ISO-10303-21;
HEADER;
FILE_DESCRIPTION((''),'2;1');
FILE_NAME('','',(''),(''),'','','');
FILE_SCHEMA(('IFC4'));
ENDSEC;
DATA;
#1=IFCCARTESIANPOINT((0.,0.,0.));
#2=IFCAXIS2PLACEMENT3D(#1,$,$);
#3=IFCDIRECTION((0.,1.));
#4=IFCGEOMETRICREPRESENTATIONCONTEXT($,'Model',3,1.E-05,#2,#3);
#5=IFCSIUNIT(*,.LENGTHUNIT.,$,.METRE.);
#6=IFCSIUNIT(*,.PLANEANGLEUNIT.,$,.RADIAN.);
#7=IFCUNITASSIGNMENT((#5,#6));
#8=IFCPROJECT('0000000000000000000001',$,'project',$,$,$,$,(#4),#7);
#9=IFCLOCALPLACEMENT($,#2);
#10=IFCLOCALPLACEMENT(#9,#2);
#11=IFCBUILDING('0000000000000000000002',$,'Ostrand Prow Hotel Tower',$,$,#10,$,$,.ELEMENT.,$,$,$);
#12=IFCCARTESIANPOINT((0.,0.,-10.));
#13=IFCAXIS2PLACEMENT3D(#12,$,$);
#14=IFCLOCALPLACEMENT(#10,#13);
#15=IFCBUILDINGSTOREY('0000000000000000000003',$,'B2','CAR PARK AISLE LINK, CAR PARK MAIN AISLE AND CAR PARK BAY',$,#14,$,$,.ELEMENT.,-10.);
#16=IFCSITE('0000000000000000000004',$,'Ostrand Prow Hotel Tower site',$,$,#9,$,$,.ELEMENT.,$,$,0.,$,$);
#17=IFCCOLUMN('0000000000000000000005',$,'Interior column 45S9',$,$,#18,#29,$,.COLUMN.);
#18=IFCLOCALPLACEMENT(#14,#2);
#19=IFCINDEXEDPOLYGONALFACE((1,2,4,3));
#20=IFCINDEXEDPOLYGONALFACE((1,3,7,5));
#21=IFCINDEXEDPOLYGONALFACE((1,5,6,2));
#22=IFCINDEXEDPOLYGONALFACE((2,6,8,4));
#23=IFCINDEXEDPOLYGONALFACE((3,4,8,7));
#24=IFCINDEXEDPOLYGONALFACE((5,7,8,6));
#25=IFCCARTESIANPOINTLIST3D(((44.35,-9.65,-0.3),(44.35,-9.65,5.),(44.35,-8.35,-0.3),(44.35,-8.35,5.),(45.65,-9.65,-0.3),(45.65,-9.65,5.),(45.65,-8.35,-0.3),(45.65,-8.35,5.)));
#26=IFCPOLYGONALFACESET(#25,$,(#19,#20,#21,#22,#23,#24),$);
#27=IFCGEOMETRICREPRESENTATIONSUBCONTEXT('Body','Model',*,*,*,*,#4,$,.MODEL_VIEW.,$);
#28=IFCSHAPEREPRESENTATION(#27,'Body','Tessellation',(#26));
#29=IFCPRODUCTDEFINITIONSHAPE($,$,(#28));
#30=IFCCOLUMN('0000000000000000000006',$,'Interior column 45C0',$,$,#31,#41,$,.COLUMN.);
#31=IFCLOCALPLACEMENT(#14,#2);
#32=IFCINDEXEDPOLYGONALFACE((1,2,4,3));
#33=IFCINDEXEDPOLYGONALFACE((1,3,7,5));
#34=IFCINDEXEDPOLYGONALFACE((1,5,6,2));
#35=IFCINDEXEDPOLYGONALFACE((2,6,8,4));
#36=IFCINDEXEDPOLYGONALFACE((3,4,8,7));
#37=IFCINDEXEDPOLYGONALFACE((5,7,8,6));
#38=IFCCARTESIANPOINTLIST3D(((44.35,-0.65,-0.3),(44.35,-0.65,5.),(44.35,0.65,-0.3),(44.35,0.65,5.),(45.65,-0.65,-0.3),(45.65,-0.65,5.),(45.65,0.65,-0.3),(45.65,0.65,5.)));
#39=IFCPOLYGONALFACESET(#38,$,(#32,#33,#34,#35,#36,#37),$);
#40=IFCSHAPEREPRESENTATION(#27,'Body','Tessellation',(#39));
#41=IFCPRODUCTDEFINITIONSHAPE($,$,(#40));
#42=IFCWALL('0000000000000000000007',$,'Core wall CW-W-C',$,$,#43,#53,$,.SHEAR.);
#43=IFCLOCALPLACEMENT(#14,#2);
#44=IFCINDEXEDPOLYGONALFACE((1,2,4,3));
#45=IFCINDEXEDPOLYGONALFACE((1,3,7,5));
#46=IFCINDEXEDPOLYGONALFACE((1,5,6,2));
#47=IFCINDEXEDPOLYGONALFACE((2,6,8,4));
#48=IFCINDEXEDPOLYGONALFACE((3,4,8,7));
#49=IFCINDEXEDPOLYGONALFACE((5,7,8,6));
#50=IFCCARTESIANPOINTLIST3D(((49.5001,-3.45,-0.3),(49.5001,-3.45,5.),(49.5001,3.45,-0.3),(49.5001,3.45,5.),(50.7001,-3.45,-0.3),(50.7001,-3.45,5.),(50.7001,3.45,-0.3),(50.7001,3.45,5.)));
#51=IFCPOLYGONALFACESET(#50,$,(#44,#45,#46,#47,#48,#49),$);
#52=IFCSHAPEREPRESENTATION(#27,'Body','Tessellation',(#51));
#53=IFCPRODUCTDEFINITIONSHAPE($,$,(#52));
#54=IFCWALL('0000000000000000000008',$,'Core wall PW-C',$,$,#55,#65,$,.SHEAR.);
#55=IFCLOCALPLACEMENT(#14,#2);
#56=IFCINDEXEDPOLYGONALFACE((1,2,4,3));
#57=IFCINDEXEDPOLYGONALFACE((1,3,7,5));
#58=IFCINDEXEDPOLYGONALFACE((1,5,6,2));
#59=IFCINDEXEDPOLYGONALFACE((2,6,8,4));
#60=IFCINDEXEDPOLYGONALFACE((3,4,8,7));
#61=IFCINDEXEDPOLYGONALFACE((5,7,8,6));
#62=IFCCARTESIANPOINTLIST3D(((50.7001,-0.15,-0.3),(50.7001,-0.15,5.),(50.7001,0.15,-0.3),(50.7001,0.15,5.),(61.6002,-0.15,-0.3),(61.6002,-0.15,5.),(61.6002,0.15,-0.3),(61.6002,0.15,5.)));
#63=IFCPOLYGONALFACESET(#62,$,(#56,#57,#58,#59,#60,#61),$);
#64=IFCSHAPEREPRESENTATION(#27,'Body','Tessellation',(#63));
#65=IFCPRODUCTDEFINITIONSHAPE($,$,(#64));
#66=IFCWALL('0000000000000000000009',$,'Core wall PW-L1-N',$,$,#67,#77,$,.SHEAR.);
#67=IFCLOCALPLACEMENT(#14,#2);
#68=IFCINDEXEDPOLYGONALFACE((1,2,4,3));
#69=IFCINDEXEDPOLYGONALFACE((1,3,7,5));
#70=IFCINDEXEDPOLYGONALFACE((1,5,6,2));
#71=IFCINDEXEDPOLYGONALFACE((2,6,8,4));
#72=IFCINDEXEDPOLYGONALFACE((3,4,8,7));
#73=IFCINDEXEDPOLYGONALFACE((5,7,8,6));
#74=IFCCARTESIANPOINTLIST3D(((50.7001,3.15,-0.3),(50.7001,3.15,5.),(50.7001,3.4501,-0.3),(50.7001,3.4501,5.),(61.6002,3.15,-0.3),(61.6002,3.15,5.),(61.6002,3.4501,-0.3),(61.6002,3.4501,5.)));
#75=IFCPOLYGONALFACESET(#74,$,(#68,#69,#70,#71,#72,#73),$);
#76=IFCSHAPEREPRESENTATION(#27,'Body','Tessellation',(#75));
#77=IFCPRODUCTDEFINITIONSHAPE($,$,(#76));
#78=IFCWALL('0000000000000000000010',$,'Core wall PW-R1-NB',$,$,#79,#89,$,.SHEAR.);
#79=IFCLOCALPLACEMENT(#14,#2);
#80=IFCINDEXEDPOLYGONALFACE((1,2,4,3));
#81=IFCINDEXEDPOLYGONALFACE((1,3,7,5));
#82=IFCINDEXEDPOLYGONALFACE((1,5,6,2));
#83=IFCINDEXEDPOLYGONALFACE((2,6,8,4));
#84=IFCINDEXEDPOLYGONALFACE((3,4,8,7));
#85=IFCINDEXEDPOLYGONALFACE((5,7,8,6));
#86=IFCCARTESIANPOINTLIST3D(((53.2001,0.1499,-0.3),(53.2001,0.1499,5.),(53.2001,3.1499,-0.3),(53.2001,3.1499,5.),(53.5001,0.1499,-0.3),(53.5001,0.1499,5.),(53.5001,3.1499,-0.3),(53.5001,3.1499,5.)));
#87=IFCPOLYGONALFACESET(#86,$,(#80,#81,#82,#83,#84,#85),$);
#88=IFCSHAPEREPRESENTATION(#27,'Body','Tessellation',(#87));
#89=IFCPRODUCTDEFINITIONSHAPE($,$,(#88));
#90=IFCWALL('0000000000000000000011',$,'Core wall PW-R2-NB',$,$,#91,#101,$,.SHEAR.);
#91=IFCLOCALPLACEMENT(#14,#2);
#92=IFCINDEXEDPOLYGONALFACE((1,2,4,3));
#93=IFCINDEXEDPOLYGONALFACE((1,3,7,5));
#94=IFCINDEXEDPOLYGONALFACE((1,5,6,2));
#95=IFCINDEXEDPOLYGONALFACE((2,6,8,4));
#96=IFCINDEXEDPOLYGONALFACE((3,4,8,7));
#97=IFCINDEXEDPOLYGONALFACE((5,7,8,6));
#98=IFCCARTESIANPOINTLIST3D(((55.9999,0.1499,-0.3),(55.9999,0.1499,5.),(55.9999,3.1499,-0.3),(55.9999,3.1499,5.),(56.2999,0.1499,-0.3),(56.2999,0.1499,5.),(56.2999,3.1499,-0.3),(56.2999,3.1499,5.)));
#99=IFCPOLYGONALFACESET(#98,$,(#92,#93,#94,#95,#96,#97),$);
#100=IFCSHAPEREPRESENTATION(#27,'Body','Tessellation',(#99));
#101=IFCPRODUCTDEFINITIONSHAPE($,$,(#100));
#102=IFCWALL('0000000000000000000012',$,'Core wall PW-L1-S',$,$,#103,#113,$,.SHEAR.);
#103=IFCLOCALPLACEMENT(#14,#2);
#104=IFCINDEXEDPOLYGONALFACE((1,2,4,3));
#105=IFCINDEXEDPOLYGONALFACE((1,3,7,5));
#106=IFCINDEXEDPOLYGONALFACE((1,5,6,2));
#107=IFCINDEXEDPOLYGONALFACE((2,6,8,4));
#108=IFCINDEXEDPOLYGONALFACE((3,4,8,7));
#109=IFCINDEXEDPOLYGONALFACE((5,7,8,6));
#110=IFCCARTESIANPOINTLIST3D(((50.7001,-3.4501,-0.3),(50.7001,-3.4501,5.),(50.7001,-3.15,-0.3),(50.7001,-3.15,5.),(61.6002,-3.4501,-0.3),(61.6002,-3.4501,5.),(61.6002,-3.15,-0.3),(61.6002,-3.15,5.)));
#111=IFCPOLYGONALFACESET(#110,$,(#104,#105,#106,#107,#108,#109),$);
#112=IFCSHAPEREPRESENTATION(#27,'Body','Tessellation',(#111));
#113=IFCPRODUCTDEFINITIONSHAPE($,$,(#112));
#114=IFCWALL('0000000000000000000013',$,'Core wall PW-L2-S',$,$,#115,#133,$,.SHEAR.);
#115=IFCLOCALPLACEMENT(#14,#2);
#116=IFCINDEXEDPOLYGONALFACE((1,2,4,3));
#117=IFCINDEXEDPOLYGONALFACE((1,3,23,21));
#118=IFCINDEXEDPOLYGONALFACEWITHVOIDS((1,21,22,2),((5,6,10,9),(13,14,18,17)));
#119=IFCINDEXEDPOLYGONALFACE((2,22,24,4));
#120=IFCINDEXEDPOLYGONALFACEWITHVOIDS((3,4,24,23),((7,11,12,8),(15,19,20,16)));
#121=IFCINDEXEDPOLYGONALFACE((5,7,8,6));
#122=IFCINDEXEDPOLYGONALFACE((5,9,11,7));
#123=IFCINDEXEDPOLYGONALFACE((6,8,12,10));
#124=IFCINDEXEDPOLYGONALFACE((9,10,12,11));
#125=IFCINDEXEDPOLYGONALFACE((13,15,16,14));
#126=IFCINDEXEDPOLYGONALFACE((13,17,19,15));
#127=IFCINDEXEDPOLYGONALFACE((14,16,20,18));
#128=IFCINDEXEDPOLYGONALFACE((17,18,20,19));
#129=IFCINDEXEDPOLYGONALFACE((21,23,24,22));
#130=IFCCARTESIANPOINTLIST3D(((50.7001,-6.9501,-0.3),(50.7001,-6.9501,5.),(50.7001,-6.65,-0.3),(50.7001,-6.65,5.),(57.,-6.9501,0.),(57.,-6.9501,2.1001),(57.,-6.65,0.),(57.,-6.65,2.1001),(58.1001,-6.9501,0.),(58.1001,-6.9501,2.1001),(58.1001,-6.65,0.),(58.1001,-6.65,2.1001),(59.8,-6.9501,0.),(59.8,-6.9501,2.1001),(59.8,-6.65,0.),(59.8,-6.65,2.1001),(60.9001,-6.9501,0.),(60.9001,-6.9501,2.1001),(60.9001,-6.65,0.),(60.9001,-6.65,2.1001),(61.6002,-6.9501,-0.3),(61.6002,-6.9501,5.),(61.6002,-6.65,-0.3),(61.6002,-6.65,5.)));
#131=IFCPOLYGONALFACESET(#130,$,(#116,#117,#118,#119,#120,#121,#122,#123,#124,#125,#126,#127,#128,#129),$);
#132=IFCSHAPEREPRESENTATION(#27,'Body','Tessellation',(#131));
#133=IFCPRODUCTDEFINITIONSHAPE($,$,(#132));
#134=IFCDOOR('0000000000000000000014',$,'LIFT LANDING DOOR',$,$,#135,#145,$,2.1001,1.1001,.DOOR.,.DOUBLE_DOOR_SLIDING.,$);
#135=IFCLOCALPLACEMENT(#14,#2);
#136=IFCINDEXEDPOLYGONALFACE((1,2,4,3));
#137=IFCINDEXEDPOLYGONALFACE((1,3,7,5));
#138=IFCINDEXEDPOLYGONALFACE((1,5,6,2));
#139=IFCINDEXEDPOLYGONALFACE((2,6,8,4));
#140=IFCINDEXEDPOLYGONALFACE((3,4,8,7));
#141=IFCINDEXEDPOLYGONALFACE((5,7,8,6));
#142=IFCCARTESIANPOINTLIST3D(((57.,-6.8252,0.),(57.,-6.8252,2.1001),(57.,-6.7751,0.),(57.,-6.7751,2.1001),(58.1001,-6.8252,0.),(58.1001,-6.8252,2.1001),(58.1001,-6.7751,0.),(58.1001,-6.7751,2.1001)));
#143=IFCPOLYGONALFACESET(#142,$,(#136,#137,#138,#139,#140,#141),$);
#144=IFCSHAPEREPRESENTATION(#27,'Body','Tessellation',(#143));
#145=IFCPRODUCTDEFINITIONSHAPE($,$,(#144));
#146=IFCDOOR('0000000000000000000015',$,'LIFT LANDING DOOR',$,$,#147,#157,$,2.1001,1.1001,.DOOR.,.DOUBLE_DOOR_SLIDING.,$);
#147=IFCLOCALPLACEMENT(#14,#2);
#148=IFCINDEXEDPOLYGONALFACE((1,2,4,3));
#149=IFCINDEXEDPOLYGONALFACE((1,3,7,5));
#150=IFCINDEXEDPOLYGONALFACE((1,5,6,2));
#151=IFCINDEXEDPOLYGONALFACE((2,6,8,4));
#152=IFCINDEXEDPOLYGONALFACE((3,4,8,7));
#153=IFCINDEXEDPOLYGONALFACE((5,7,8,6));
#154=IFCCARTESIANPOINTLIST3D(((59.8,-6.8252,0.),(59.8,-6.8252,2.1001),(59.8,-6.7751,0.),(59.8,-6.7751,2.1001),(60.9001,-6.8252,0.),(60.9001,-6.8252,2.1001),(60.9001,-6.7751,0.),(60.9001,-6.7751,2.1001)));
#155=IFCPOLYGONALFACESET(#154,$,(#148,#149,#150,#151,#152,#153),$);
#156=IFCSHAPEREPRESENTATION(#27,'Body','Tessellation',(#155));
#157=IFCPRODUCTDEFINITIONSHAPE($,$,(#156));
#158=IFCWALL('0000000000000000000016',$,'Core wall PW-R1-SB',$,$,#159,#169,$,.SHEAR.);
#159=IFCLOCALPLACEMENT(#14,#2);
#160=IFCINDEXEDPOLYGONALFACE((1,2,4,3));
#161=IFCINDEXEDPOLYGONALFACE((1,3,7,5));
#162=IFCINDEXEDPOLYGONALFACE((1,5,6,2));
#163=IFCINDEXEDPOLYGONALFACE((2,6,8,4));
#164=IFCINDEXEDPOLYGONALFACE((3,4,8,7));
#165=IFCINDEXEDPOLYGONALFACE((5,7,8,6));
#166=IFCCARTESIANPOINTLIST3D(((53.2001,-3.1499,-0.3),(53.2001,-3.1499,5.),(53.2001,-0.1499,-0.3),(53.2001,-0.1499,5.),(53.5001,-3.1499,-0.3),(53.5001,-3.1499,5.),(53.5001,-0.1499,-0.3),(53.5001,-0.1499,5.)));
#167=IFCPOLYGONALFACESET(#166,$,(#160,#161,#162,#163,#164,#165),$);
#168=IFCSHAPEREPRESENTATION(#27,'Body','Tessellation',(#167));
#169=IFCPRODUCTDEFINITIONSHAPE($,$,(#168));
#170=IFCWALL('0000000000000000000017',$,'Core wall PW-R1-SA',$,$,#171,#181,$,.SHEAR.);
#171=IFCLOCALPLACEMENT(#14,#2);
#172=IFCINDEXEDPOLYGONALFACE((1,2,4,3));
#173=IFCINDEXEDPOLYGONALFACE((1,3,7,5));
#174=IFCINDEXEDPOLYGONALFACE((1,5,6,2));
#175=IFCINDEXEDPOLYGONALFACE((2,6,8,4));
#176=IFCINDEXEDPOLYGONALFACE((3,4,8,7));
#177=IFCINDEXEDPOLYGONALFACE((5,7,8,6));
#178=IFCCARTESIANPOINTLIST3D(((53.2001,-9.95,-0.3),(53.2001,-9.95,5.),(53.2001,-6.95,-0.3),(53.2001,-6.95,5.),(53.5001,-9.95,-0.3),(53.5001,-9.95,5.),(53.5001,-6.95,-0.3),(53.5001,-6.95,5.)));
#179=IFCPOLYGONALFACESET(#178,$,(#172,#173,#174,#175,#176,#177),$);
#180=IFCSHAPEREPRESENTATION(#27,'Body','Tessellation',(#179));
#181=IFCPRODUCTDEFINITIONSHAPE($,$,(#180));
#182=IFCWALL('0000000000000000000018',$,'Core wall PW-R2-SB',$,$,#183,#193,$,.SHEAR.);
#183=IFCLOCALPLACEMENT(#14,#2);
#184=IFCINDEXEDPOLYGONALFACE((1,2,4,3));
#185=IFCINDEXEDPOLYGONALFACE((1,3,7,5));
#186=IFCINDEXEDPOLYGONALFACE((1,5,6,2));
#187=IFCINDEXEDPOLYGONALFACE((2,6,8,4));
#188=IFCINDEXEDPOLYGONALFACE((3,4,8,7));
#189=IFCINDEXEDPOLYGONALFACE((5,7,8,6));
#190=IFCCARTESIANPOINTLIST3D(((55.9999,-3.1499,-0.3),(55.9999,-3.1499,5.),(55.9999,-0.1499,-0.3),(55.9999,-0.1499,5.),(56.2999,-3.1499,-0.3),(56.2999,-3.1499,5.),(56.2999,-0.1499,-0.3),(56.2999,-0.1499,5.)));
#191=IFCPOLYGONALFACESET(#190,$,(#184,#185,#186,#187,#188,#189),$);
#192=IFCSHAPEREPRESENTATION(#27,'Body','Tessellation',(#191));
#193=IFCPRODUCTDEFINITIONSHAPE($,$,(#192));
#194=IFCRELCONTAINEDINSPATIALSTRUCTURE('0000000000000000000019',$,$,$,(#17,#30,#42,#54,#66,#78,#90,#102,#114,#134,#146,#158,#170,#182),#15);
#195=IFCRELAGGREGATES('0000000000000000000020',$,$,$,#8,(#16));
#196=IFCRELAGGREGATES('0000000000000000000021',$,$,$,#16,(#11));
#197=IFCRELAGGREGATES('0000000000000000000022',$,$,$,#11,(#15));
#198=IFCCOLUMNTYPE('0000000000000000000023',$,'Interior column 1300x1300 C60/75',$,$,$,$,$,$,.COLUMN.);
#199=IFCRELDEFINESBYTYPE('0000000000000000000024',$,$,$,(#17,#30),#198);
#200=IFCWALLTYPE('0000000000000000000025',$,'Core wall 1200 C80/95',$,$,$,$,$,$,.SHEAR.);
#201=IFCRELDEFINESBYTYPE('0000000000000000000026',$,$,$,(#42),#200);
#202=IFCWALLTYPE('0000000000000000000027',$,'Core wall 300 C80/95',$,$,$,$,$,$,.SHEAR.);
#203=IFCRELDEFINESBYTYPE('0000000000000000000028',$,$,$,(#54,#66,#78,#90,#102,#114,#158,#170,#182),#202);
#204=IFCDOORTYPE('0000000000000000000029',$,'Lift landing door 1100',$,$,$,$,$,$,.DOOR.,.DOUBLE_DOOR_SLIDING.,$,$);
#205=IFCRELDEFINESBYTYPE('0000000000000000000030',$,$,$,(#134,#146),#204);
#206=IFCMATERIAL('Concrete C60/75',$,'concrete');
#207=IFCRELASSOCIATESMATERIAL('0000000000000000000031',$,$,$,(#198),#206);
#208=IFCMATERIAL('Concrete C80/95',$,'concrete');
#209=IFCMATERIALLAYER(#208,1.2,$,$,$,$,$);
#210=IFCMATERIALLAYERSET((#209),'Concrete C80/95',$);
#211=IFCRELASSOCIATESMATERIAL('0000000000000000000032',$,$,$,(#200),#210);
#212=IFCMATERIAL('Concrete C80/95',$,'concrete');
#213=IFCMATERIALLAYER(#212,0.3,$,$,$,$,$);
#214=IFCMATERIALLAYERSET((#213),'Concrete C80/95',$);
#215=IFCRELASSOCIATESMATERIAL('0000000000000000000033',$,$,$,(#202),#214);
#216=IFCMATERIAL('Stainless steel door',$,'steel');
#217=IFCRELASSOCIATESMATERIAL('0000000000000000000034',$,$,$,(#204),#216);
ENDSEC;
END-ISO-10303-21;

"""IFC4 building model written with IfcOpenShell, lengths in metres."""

from ifc_helpers import new_model, si_unit, direction, frame, frame_2d, origin, origin_2d, place, context, subcontext, project, spatial, rectangle, extrude, material, layer, layer_set, material_profile, profile_set, type_object, element, fill, save


model = new_model("IFC4")

# Units and contexts
model_context = context("Model", 3, precision=1e-05, world=origin(), true_north=direction((0.0, 1.0)))
body_context = subcontext(model_context, "Body", "Model", "MODEL_VIEW")
ifc_project = project(units=[si_unit("LENGTHUNIT", "METRE"), si_unit("PLANEANGLEUNIT", "RADIAN")], contexts=[model_context])

# Site, building, storey
site_placement = place(None, origin())
site = spatial("IfcSite", under=ifc_project, at=site_placement, Name="Ostrand Prow Hotel Tower site", CompositionType="ELEMENT", RefElevation=0.0)
building_placement = place(site_placement, origin())
building = spatial("IfcBuilding", under=site, at=building_placement, Name="Ostrand Prow Hotel Tower", CompositionType="ELEMENT")
storey_placement = place(building_placement, frame((0.0, 0.0, -10.0)))
storey = spatial("IfcBuildingStorey", under=building, at=storey_placement, Name="B2", Description="CAR PARK AISLE LINK, CAR PARK MAIN AISLE AND CAR PARK BAY", CompositionType="ELEMENT", Elevation=-10.0)

# Columns
ifc_material_1 = material(Name="Concrete C60/75", Category="concrete")
ifc_material_profile = material_profile(ifc_material_1, rectangle(XDim=1.3, YDim=1.3, at=origin_2d()), Name="RC 1300x1300")
ifc_profile_set = profile_set([ifc_material_profile], Name="Concrete C60/75")
column_type = type_object("IfcColumnType", Name="Interior column 1300x1300 C60/75", PredefinedType="COLUMN", material=ifc_profile_set)
for number, where, z_axis, x_axis, name in (
    (1, (45.0, -9.0, -0.3), (0.0, 0.0, 1.0), (1.0, 0.0, 0.0), "Interior column 45S9"),
    (2, (45.0, 0.0, -0.3), (0.0, 0.0, 1.0), (1.0, 0.0, 0.0), "Interior column 45C0"),
):
    element("IfcColumn", number, at=place(storey_placement, frame(where, z_axis=z_axis, x_axis=x_axis)), inside=storey, type_object=column_type, Name=name, PredefinedType="COLUMN", context=body_context, shape_type="SweptSolid", body=[
        extrude(rectangle(XDim=1.3, YDim=1.3, at=origin_2d()), origin(), (0.0, 0.0, 1.0), 5.3),
    ])

# Walls
ifc_material_2 = material(Name="Concrete C80/95", Category="concrete")
ifc_layer_1 = layer(ifc_material_2, 1.2)
ifc_layer_set_1 = layer_set([ifc_layer_1], Name="Concrete C80/95")
wall_type_1 = type_object("IfcWallType", Name="Core wall 1200 C80/95", PredefinedType="SHEAR", material=ifc_layer_set_1)
wall_1_placement = place(storey_placement, frame((50.1001, -3.45, -0.3), z_axis=(0.0, 0.0, 1.0), x_axis=(0.0, 1.0, 0.0)))
element("IfcWall", 3, at=wall_1_placement, inside=storey, type_object=wall_type_1, Name="Core wall CW-W-C", PredefinedType="SHEAR", context=body_context, shape_type="SweptSolid", body=[
    extrude(rectangle(XDim=6.8999, YDim=1.2, at=frame_2d((3.45, 0.0))), origin(), (0.0, 0.0, 1.0), 5.3),
])
ifc_material_3 = material(Name="Concrete C80/95", Category="concrete")
ifc_layer_2 = layer(ifc_material_3, 0.3)
ifc_layer_set_2 = layer_set([ifc_layer_2], Name="Concrete C80/95")
wall_type_2 = type_object("IfcWallType", Name="Core wall 300 C80/95", PredefinedType="SHEAR", material=ifc_layer_set_2)
for number, where, z_axis, x_axis, name in (
    (4, (50.7, 0.0, -0.3), (0.0, 0.0, 1.0), (1.0, 0.0, 0.0), "Core wall PW-C"),
    (5, (50.7, 3.3, -0.3), (0.0, 0.0, 1.0), (1.0, 0.0, 0.0), "Core wall PW-L1-N"),
):
    element("IfcWall", number, at=place(storey_placement, frame(where, z_axis=z_axis, x_axis=x_axis)), inside=storey, type_object=wall_type_2, Name=name, PredefinedType="SHEAR", context=body_context, shape_type="SweptSolid", body=[
        extrude(rectangle(XDim=10.9001, YDim=0.3, at=frame_2d((5.4502, 0.0))), origin(), (0.0, 0.0, 1.0), 5.3),
    ])
for number, where, z_axis, x_axis, name in (
    (6, (53.3501, 0.1499, -0.3), (0.0, 0.0, 1.0), (0.0, 1.0, 0.0), "Core wall PW-R1-NB"),
    (7, (56.1499, 0.1499, -0.3), (0.0, 0.0, 1.0), (0.0, 1.0, 0.0), "Core wall PW-R2-NB"),
):
    element("IfcWall", number, at=place(storey_placement, frame(where, z_axis=z_axis, x_axis=x_axis)), inside=storey, type_object=wall_type_2, Name=name, PredefinedType="SHEAR", context=body_context, shape_type="SweptSolid", body=[
        extrude(rectangle(XDim=3.0, YDim=0.3, at=frame_2d((1.5, 0.0))), origin(), (0.0, 0.0, 1.0), 5.3),
    ])
wall_2_placement = place(storey_placement, frame((50.7, -3.3, -0.3), z_axis=(0.0, 0.0, 1.0), x_axis=(1.0, 0.0, 0.0)))
element("IfcWall", 8, at=wall_2_placement, inside=storey, type_object=wall_type_2, Name="Core wall PW-L1-S", PredefinedType="SHEAR", context=body_context, shape_type="SweptSolid", body=[
    extrude(rectangle(XDim=10.9001, YDim=0.3, at=frame_2d((5.4502, 0.0))), origin(), (0.0, 0.0, 1.0), 5.3),
])

# Wall, openings, doors
wall_3_placement = place(storey_placement, frame((50.7, -6.8, -0.3), z_axis=(0.0, 0.0, 1.0), x_axis=(1.0, 0.0, 0.0)))
wall_3 = element("IfcWall", 9, at=wall_3_placement, inside=storey, type_object=wall_type_2, Name="Core wall PW-L2-S", PredefinedType="SHEAR", context=body_context, shape_type="SweptSolid", body=[
    extrude(rectangle(XDim=10.9001, YDim=0.3, at=frame_2d((5.4502, 0.0))), origin(), (0.0, 0.0, 1.0), 5.3),
])
opening_1_placement = place(wall_3_placement, frame((6.3, 0.0, 0.3)))
opening_1 = element("IfcOpeningElement", 10, at=opening_1_placement, cuts=wall_3, PredefinedType="OPENING", context=body_context, shape_type="SweptSolid", body=[
    extrude(rectangle(XDim=1.1001, YDim=2.1001, at=frame_2d((0.55, 1.05))), frame((0.0, 0.1599, 0.0), z_axis=(0.0, -1.0, 0.0), x_axis=(1.0, 0.0, 0.0)), (0.0, 0.0, 1.0), 0.3201),
])
opening_2_placement = place(wall_3_placement, frame((9.1001, 0.0, 0.3)))
opening_2 = element("IfcOpeningElement", 11, at=opening_2_placement, cuts=wall_3, PredefinedType="OPENING", context=body_context, shape_type="SweptSolid", body=[
    extrude(rectangle(XDim=1.1001, YDim=2.1001, at=frame_2d((0.55, 1.05))), frame((0.0, 0.1599, 0.0), z_axis=(0.0, -1.0, 0.0), x_axis=(1.0, 0.0, 0.0)), (0.0, 0.0, 1.0), 0.3201),
])
ifc_material_4 = material(Name="Stainless steel door", Category="steel")
door_type = type_object("IfcDoorType", Name="Lift landing door 1100", OperationType="DOUBLE_DOOR_SLIDING", PredefinedType="DOOR", material=ifc_material_4)
door_1_placement = place(opening_1_placement, origin())
door_1 = element("IfcDoor", 12, at=door_1_placement, inside=storey, type_object=door_type, Name="LIFT LANDING DOOR", OperationType="DOUBLE_DOOR_SLIDING", OverallHeight=2.1001, OverallWidth=1.1001, PredefinedType="DOOR", context=body_context, shape_type="SweptSolid", body=[
    extrude(rectangle(XDim=1.1001, YDim=2.1001, at=frame_2d((0.55, 1.05))), frame((0.0, 0.0249, 0.0), z_axis=(0.0, -1.0, 0.0), x_axis=(1.0, 0.0, 0.0)), (0.0, 0.0, 1.0), 0.05),
])
fill(opening_1, door_1)
door_2_placement = place(opening_2_placement, origin())
door_2 = element("IfcDoor", 13, at=door_2_placement, inside=storey, type_object=door_type, Name="LIFT LANDING DOOR", OperationType="DOUBLE_DOOR_SLIDING", OverallHeight=2.1001, OverallWidth=1.1001, PredefinedType="DOOR", context=body_context, shape_type="SweptSolid", body=[
    extrude(rectangle(XDim=1.1001, YDim=2.1001, at=frame_2d((0.55, 1.05))), frame((0.0, 0.0249, 0.0), z_axis=(0.0, -1.0, 0.0), x_axis=(1.0, 0.0, 0.0)), (0.0, 0.0, 1.0), 0.05),
])
fill(opening_2, door_2)

# Walls
for number, where, z_axis, x_axis, name in (
    (14, (53.3501, -3.1499, -0.3), (0.0, 0.0, 1.0), (0.0, 1.0, 0.0), "Core wall PW-R1-SB"),
    (15, (53.3501, -9.95, -0.3), (0.0, 0.0, 1.0), (0.0, 1.0, 0.0), "Core wall PW-R1-SA"),
    (16, (56.1499, -3.1499, -0.3), (0.0, 0.0, 1.0), (0.0, 1.0, 0.0), "Core wall PW-R2-SB"),
):
    element("IfcWall", number, at=place(storey_placement, frame(where, z_axis=z_axis, x_axis=x_axis)), inside=storey, type_object=wall_type_2, Name=name, PredefinedType="SHEAR", context=body_context, shape_type="SweptSolid", body=[
        extrude(rectangle(XDim=3.0, YDim=0.3, at=frame_2d((1.5, 0.0))), origin(), (0.0, 0.0, 1.0), 5.3),
    ])

save(model, "model.ifc")
